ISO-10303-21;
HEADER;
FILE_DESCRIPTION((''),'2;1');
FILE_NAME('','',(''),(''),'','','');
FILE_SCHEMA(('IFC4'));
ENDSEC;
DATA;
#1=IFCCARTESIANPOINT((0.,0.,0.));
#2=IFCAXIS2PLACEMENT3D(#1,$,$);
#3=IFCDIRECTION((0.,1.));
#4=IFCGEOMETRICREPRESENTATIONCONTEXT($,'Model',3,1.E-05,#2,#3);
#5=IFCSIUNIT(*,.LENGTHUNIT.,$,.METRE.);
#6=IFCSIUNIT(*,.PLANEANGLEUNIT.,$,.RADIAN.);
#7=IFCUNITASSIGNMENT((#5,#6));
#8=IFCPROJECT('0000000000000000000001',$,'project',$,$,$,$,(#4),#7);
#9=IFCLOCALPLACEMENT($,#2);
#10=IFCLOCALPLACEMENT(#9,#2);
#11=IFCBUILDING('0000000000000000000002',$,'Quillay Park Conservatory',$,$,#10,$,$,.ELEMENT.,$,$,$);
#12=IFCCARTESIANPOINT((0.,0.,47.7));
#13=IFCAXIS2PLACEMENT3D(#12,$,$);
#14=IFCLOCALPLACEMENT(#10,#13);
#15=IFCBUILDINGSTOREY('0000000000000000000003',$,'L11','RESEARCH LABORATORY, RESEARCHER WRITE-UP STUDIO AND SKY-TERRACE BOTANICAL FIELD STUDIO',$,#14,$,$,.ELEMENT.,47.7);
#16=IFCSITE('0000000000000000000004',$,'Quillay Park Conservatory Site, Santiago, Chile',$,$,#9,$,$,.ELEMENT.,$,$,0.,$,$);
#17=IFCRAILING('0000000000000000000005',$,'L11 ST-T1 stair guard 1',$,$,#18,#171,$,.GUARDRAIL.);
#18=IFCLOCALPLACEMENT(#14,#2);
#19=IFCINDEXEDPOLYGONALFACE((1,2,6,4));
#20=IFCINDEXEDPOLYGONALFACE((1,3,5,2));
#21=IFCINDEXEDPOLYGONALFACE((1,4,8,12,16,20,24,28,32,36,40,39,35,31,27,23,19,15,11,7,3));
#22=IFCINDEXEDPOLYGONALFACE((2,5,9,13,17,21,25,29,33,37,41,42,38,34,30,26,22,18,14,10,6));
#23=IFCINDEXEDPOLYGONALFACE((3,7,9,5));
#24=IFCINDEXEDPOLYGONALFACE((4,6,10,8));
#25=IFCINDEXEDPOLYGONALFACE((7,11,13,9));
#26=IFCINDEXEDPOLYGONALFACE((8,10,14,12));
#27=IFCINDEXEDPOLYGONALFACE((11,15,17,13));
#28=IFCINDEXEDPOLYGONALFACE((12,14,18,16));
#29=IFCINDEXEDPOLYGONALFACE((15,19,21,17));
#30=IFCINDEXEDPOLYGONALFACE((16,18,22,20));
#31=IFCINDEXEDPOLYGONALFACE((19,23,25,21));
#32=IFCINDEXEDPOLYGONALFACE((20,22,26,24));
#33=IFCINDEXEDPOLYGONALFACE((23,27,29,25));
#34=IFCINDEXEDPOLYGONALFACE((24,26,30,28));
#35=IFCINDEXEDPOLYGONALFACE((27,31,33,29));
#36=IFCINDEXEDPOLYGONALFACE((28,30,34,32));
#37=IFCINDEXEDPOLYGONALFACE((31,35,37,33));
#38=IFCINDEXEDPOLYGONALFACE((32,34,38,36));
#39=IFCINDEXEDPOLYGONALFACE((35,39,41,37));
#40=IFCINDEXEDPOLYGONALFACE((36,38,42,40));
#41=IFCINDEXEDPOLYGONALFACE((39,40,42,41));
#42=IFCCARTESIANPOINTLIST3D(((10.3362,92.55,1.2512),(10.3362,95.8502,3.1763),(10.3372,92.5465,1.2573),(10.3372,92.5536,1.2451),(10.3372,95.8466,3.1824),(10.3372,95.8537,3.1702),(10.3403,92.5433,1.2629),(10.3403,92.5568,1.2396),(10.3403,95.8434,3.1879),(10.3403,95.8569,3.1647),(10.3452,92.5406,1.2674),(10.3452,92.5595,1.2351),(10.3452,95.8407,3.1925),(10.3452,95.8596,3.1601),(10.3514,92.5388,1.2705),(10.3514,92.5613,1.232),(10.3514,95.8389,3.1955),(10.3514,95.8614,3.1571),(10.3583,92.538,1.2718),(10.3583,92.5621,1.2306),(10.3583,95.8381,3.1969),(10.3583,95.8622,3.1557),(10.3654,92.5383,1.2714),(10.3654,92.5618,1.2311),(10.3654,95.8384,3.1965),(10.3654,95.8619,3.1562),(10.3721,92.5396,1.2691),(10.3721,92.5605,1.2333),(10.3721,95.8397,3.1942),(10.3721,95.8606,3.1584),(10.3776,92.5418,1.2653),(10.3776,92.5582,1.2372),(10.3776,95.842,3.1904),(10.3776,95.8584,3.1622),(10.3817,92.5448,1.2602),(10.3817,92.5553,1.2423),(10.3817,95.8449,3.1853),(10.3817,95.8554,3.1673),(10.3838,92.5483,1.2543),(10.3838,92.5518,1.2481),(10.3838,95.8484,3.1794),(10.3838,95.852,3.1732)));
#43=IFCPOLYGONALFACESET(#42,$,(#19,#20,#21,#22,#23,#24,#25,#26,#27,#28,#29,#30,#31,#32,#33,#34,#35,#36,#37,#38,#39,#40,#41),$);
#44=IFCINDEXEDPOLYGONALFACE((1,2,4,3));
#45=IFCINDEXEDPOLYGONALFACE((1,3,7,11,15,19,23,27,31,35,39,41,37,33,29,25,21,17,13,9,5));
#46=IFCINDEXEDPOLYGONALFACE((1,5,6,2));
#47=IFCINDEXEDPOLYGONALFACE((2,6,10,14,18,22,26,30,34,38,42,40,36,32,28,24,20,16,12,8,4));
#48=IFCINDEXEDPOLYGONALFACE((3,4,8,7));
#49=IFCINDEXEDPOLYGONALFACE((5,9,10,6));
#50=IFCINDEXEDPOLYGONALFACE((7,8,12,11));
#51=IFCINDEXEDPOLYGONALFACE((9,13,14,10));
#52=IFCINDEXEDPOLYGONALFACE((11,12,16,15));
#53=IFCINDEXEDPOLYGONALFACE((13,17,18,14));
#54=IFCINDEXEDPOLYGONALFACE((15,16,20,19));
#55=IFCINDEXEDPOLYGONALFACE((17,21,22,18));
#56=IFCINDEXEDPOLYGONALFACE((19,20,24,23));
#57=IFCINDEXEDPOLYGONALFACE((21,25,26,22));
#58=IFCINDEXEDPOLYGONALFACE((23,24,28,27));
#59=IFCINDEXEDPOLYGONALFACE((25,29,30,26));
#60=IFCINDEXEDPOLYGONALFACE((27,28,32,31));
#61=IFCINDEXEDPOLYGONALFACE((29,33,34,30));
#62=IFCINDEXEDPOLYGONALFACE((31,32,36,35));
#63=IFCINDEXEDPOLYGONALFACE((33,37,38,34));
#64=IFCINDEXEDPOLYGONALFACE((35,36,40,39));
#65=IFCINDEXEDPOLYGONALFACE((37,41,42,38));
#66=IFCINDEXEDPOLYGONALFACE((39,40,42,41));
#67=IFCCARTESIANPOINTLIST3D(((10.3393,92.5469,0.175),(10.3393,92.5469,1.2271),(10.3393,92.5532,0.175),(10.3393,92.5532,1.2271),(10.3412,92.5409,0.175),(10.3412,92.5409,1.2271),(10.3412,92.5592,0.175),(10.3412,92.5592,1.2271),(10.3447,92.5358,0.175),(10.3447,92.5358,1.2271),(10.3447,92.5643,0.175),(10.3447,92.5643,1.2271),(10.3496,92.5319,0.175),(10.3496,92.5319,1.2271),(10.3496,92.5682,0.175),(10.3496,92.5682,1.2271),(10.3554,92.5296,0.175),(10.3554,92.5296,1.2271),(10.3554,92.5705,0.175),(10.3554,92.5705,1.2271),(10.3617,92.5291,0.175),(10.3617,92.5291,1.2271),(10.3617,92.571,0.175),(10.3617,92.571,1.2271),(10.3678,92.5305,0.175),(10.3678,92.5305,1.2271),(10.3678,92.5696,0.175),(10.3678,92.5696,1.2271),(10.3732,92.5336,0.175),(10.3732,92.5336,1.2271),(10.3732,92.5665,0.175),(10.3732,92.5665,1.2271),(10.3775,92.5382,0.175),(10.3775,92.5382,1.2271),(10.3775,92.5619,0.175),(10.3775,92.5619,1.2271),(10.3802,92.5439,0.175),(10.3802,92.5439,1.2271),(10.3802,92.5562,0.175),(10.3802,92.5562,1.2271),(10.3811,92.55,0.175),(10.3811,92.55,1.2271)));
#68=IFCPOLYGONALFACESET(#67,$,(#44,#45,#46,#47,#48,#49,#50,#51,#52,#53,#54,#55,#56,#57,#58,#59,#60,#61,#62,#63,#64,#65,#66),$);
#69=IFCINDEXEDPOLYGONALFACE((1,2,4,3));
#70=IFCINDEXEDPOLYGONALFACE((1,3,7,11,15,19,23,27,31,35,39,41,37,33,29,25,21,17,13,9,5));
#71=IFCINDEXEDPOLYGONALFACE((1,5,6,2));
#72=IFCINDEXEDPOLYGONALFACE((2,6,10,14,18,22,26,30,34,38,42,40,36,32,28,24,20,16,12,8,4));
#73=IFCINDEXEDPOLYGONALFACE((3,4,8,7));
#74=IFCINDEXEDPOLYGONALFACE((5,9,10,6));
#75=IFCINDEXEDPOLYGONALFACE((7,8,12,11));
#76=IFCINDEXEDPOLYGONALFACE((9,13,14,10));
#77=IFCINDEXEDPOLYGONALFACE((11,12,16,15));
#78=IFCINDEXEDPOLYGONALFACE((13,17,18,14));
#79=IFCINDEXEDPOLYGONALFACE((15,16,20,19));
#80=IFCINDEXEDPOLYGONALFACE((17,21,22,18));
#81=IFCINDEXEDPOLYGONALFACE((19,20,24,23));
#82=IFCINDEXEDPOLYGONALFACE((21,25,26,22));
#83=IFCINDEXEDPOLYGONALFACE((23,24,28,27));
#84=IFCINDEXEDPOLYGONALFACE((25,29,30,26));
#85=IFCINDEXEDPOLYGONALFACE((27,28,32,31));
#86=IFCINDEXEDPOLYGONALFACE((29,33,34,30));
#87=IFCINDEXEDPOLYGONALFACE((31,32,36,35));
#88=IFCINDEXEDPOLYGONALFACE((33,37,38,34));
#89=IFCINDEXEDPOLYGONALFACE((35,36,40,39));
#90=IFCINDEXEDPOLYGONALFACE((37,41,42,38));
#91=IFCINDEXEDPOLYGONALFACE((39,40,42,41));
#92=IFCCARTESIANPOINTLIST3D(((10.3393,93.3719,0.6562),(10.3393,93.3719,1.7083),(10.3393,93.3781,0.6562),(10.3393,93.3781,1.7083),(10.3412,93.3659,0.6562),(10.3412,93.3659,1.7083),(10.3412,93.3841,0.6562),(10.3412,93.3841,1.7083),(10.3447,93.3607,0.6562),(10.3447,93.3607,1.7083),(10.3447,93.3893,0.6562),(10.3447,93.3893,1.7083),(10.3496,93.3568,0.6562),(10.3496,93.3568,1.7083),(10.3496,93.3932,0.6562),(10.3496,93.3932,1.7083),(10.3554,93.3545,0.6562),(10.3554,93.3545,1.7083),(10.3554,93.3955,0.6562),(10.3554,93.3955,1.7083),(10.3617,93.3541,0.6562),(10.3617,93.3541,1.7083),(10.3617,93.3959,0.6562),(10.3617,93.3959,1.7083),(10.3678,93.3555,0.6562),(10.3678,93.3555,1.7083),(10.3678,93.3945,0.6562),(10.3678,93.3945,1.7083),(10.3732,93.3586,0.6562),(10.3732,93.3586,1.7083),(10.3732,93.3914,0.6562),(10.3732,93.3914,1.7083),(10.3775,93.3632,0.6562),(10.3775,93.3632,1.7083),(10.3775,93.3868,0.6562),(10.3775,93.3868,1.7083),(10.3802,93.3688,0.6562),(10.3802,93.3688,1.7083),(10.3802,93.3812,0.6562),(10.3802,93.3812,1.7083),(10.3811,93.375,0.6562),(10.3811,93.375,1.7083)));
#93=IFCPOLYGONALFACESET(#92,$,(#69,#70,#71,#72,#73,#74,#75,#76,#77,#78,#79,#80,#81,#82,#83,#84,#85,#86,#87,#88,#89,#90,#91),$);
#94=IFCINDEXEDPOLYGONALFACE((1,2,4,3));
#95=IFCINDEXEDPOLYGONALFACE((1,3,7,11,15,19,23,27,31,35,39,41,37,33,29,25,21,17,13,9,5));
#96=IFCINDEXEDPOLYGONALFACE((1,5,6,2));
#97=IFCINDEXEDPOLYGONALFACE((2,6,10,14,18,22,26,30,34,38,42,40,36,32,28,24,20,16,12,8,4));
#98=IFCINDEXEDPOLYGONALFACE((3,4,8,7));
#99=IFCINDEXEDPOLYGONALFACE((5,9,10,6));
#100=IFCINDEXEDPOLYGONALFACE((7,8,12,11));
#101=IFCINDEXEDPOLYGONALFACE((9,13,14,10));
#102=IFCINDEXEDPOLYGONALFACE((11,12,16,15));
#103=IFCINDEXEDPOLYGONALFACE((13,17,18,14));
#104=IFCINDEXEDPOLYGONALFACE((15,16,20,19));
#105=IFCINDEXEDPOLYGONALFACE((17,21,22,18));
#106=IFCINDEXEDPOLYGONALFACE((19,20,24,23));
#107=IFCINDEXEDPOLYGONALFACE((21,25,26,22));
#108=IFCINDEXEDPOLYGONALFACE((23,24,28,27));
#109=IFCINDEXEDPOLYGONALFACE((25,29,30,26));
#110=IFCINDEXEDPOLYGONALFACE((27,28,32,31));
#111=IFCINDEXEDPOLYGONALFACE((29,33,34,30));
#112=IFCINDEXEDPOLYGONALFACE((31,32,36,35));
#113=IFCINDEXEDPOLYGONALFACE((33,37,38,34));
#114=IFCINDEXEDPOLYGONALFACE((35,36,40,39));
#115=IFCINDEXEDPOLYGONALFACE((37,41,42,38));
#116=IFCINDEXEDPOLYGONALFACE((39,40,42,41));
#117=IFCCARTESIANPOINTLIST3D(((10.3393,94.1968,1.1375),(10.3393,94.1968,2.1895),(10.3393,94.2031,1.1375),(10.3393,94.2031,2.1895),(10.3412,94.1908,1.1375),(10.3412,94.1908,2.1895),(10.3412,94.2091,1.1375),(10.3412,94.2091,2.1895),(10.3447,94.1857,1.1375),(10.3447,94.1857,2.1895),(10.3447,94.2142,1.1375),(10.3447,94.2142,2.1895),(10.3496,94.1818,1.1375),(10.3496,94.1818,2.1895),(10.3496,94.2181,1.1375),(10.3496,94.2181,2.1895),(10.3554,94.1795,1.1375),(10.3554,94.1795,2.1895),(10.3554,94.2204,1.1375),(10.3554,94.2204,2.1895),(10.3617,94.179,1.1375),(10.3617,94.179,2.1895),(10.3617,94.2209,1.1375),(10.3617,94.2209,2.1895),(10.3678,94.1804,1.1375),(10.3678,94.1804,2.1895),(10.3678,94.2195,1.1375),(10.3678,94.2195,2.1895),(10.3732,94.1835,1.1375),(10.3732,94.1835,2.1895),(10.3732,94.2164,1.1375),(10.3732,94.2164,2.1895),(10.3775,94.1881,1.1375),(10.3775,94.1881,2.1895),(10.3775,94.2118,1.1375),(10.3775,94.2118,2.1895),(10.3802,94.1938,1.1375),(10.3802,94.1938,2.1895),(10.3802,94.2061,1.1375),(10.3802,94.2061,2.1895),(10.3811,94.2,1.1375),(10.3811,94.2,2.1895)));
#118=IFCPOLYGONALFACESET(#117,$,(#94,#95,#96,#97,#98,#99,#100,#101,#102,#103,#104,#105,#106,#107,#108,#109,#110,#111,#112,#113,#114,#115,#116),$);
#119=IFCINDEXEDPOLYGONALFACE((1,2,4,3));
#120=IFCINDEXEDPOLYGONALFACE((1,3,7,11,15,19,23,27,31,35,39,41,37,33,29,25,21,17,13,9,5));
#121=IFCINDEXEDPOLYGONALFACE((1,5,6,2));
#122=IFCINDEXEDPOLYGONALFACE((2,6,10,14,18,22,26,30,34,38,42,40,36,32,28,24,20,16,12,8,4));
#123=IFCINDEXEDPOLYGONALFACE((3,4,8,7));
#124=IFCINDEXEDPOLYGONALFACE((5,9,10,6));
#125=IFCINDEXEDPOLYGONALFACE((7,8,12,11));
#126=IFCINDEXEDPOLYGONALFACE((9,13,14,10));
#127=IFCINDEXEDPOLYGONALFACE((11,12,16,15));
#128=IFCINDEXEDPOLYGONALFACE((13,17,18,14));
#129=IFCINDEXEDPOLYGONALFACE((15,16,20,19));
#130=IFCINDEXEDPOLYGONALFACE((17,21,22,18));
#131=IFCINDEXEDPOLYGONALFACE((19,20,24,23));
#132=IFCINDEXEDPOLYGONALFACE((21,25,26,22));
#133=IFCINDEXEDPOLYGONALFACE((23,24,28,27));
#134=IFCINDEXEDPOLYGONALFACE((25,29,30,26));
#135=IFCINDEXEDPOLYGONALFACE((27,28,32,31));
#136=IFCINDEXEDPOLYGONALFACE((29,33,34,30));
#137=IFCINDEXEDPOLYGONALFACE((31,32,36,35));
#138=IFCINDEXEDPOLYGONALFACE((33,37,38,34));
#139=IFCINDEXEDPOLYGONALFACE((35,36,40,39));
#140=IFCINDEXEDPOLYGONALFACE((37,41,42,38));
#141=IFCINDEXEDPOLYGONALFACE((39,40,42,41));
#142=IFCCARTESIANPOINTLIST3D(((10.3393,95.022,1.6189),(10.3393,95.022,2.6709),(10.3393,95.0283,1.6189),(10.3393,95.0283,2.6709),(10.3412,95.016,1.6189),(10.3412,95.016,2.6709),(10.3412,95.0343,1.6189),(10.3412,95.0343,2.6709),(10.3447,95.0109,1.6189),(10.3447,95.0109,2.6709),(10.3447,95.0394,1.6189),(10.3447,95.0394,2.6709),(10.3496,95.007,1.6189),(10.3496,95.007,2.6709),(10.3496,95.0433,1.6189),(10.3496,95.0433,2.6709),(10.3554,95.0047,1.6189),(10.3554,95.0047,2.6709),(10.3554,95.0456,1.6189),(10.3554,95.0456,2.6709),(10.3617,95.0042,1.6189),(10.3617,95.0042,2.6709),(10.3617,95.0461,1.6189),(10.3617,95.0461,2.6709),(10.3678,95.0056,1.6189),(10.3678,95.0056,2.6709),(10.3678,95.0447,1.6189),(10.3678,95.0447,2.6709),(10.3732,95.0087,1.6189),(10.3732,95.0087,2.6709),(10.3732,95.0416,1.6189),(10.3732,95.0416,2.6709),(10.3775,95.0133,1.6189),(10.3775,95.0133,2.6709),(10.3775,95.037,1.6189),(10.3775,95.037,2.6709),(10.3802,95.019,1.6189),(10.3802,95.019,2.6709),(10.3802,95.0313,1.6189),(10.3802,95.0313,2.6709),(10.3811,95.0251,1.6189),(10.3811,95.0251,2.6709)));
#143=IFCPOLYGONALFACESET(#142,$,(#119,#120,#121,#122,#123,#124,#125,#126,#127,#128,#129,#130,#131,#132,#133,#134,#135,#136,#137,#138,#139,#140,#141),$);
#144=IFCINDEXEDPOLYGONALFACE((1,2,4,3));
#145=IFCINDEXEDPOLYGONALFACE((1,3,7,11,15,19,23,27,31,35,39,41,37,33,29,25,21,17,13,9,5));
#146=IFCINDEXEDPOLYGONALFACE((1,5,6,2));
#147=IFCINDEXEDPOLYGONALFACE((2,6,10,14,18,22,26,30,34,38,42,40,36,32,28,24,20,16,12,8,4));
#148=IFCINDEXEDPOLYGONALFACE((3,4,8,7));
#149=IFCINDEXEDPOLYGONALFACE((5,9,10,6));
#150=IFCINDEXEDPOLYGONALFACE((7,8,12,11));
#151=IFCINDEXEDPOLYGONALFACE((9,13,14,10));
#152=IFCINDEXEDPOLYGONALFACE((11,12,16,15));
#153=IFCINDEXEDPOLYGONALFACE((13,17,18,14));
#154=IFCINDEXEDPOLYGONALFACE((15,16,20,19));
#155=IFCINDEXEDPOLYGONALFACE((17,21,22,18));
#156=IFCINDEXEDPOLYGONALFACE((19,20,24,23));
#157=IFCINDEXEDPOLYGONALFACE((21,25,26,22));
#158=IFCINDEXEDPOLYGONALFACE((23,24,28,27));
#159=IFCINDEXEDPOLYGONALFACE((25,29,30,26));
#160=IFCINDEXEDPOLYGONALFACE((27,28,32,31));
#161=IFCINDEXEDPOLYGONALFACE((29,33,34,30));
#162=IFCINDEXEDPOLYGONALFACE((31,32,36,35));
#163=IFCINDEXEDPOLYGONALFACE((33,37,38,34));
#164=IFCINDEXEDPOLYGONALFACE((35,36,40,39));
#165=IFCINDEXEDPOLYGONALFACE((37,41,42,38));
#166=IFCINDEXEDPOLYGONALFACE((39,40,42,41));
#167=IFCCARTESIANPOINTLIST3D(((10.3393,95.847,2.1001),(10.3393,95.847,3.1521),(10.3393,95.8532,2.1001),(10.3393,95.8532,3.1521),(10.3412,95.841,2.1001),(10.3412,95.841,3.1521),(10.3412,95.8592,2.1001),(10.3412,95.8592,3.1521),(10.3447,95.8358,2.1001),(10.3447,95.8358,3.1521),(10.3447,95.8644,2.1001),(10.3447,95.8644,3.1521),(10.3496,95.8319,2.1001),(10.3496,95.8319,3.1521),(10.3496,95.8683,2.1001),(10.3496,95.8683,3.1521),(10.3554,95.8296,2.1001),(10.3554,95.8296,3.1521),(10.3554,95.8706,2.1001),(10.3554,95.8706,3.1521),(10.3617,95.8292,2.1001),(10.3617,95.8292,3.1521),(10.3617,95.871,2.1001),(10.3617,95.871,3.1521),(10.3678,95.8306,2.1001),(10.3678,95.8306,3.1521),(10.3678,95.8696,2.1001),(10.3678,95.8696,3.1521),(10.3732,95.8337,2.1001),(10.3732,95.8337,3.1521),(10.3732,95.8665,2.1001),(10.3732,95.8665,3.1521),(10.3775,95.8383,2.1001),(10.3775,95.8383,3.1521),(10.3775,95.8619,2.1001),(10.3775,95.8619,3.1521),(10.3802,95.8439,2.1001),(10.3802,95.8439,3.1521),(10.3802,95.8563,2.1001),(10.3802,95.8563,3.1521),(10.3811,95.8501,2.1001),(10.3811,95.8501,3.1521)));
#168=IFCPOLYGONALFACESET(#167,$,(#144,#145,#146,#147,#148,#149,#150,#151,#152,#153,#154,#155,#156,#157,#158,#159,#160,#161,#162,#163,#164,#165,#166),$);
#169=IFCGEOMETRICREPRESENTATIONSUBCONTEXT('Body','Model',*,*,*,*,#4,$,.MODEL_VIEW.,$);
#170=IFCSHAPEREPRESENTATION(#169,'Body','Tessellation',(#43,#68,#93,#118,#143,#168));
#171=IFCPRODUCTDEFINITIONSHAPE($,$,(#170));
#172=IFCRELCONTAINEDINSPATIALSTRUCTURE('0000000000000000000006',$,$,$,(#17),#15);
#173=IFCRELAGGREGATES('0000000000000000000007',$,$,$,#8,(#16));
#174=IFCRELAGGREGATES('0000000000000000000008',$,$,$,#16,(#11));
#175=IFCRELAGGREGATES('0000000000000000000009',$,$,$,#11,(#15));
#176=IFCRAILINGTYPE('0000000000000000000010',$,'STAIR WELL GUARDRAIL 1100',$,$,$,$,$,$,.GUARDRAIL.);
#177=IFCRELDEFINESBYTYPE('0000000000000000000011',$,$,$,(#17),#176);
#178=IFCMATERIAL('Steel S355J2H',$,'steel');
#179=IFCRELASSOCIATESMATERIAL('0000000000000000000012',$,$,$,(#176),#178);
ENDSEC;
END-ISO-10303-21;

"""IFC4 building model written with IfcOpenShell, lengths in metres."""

from ifc_helpers import new_model, si_unit, direction, frame, origin, origin_2d, place, context, subcontext, project, spatial, circle, extrude, material, type_object, element, save


model = new_model("IFC4")

# Units and contexts
model_context = context("Model", 3, precision=1e-05, world=origin(), true_north=direction((0.0, 1.0)))
body_context = subcontext(model_context, "Body", "Model", "MODEL_VIEW")
ifc_project = project(units=[si_unit("LENGTHUNIT", "METRE"), si_unit("PLANEANGLEUNIT", "RADIAN")], contexts=[model_context])

# Site, building, storey
site_placement = place(None, origin())
site = spatial("IfcSite", under=ifc_project, at=site_placement, Name="Quillay Park Conservatory Site, Santiago, Chile", CompositionType="ELEMENT", RefElevation=0.0)
building_placement = place(site_placement, origin())
building = spatial("IfcBuilding", under=site, at=building_placement, Name="Quillay Park Conservatory", CompositionType="ELEMENT")
storey_placement = place(building_placement, frame((0.0, 0.0, 47.7)))
storey = spatial("IfcBuildingStorey", under=building, at=storey_placement, Name="L11", Description="RESEARCH LABORATORY, RESEARCHER WRITE-UP STUDIO AND SKY-TERRACE BOTANICAL FIELD STUDIO", CompositionType="ELEMENT", Elevation=47.7)

# Railing
ifc_material_1 = material(Name="Steel S355J2H", Category="steel")
railing_type_1 = type_object("IfcRailingType", Name="STAIR WELL GUARDRAIL 1100", PredefinedType="GUARDRAIL", material=ifc_material_1)
railing_1_placement = place(storey_placement, frame((10.3601, 92.55, 0.175)))
element("IfcRailing", 1, at=railing_1_placement, inside=storey, type_object=railing_type_1, Name="L11 ST-T1 stair guard 1", PredefinedType="GUARDRAIL", context=body_context, shape_type="SweptSolid", body=[
    extrude(circle(Radius=0.0239, at=origin_2d()), frame((0.0, 0.0, 1.0762), z_axis=(0.0, 0.863777, 0.503875), x_axis=(-1.0, 0.0, 0.0)), (0.0, 0.0, 1.0), 3.8206),
    extrude(circle(Radius=0.021, at=origin_2d()), origin(), (0.0, 0.0, 1.0), 1.052),
    extrude(circle(Radius=0.021, at=origin_2d()), frame((0.0, 0.825, 0.4812)), (0.0, 0.0, 1.0), 1.052),
    extrude(circle(Radius=0.021, at=origin_2d()), frame((0.0, 1.6499, 0.9624)), (0.0, 0.0, 1.0), 1.052),
    extrude(circle(Radius=0.021, at=origin_2d()), frame((0.0, 2.4751, 1.4438)), (0.0, 0.0, 1.0), 1.052),
    extrude(circle(Radius=0.021, at=origin_2d()), frame((0.0, 3.3, 1.925)), (0.0, 0.0, 1.0), 1.052),
])

save(model, "model.ifc")
